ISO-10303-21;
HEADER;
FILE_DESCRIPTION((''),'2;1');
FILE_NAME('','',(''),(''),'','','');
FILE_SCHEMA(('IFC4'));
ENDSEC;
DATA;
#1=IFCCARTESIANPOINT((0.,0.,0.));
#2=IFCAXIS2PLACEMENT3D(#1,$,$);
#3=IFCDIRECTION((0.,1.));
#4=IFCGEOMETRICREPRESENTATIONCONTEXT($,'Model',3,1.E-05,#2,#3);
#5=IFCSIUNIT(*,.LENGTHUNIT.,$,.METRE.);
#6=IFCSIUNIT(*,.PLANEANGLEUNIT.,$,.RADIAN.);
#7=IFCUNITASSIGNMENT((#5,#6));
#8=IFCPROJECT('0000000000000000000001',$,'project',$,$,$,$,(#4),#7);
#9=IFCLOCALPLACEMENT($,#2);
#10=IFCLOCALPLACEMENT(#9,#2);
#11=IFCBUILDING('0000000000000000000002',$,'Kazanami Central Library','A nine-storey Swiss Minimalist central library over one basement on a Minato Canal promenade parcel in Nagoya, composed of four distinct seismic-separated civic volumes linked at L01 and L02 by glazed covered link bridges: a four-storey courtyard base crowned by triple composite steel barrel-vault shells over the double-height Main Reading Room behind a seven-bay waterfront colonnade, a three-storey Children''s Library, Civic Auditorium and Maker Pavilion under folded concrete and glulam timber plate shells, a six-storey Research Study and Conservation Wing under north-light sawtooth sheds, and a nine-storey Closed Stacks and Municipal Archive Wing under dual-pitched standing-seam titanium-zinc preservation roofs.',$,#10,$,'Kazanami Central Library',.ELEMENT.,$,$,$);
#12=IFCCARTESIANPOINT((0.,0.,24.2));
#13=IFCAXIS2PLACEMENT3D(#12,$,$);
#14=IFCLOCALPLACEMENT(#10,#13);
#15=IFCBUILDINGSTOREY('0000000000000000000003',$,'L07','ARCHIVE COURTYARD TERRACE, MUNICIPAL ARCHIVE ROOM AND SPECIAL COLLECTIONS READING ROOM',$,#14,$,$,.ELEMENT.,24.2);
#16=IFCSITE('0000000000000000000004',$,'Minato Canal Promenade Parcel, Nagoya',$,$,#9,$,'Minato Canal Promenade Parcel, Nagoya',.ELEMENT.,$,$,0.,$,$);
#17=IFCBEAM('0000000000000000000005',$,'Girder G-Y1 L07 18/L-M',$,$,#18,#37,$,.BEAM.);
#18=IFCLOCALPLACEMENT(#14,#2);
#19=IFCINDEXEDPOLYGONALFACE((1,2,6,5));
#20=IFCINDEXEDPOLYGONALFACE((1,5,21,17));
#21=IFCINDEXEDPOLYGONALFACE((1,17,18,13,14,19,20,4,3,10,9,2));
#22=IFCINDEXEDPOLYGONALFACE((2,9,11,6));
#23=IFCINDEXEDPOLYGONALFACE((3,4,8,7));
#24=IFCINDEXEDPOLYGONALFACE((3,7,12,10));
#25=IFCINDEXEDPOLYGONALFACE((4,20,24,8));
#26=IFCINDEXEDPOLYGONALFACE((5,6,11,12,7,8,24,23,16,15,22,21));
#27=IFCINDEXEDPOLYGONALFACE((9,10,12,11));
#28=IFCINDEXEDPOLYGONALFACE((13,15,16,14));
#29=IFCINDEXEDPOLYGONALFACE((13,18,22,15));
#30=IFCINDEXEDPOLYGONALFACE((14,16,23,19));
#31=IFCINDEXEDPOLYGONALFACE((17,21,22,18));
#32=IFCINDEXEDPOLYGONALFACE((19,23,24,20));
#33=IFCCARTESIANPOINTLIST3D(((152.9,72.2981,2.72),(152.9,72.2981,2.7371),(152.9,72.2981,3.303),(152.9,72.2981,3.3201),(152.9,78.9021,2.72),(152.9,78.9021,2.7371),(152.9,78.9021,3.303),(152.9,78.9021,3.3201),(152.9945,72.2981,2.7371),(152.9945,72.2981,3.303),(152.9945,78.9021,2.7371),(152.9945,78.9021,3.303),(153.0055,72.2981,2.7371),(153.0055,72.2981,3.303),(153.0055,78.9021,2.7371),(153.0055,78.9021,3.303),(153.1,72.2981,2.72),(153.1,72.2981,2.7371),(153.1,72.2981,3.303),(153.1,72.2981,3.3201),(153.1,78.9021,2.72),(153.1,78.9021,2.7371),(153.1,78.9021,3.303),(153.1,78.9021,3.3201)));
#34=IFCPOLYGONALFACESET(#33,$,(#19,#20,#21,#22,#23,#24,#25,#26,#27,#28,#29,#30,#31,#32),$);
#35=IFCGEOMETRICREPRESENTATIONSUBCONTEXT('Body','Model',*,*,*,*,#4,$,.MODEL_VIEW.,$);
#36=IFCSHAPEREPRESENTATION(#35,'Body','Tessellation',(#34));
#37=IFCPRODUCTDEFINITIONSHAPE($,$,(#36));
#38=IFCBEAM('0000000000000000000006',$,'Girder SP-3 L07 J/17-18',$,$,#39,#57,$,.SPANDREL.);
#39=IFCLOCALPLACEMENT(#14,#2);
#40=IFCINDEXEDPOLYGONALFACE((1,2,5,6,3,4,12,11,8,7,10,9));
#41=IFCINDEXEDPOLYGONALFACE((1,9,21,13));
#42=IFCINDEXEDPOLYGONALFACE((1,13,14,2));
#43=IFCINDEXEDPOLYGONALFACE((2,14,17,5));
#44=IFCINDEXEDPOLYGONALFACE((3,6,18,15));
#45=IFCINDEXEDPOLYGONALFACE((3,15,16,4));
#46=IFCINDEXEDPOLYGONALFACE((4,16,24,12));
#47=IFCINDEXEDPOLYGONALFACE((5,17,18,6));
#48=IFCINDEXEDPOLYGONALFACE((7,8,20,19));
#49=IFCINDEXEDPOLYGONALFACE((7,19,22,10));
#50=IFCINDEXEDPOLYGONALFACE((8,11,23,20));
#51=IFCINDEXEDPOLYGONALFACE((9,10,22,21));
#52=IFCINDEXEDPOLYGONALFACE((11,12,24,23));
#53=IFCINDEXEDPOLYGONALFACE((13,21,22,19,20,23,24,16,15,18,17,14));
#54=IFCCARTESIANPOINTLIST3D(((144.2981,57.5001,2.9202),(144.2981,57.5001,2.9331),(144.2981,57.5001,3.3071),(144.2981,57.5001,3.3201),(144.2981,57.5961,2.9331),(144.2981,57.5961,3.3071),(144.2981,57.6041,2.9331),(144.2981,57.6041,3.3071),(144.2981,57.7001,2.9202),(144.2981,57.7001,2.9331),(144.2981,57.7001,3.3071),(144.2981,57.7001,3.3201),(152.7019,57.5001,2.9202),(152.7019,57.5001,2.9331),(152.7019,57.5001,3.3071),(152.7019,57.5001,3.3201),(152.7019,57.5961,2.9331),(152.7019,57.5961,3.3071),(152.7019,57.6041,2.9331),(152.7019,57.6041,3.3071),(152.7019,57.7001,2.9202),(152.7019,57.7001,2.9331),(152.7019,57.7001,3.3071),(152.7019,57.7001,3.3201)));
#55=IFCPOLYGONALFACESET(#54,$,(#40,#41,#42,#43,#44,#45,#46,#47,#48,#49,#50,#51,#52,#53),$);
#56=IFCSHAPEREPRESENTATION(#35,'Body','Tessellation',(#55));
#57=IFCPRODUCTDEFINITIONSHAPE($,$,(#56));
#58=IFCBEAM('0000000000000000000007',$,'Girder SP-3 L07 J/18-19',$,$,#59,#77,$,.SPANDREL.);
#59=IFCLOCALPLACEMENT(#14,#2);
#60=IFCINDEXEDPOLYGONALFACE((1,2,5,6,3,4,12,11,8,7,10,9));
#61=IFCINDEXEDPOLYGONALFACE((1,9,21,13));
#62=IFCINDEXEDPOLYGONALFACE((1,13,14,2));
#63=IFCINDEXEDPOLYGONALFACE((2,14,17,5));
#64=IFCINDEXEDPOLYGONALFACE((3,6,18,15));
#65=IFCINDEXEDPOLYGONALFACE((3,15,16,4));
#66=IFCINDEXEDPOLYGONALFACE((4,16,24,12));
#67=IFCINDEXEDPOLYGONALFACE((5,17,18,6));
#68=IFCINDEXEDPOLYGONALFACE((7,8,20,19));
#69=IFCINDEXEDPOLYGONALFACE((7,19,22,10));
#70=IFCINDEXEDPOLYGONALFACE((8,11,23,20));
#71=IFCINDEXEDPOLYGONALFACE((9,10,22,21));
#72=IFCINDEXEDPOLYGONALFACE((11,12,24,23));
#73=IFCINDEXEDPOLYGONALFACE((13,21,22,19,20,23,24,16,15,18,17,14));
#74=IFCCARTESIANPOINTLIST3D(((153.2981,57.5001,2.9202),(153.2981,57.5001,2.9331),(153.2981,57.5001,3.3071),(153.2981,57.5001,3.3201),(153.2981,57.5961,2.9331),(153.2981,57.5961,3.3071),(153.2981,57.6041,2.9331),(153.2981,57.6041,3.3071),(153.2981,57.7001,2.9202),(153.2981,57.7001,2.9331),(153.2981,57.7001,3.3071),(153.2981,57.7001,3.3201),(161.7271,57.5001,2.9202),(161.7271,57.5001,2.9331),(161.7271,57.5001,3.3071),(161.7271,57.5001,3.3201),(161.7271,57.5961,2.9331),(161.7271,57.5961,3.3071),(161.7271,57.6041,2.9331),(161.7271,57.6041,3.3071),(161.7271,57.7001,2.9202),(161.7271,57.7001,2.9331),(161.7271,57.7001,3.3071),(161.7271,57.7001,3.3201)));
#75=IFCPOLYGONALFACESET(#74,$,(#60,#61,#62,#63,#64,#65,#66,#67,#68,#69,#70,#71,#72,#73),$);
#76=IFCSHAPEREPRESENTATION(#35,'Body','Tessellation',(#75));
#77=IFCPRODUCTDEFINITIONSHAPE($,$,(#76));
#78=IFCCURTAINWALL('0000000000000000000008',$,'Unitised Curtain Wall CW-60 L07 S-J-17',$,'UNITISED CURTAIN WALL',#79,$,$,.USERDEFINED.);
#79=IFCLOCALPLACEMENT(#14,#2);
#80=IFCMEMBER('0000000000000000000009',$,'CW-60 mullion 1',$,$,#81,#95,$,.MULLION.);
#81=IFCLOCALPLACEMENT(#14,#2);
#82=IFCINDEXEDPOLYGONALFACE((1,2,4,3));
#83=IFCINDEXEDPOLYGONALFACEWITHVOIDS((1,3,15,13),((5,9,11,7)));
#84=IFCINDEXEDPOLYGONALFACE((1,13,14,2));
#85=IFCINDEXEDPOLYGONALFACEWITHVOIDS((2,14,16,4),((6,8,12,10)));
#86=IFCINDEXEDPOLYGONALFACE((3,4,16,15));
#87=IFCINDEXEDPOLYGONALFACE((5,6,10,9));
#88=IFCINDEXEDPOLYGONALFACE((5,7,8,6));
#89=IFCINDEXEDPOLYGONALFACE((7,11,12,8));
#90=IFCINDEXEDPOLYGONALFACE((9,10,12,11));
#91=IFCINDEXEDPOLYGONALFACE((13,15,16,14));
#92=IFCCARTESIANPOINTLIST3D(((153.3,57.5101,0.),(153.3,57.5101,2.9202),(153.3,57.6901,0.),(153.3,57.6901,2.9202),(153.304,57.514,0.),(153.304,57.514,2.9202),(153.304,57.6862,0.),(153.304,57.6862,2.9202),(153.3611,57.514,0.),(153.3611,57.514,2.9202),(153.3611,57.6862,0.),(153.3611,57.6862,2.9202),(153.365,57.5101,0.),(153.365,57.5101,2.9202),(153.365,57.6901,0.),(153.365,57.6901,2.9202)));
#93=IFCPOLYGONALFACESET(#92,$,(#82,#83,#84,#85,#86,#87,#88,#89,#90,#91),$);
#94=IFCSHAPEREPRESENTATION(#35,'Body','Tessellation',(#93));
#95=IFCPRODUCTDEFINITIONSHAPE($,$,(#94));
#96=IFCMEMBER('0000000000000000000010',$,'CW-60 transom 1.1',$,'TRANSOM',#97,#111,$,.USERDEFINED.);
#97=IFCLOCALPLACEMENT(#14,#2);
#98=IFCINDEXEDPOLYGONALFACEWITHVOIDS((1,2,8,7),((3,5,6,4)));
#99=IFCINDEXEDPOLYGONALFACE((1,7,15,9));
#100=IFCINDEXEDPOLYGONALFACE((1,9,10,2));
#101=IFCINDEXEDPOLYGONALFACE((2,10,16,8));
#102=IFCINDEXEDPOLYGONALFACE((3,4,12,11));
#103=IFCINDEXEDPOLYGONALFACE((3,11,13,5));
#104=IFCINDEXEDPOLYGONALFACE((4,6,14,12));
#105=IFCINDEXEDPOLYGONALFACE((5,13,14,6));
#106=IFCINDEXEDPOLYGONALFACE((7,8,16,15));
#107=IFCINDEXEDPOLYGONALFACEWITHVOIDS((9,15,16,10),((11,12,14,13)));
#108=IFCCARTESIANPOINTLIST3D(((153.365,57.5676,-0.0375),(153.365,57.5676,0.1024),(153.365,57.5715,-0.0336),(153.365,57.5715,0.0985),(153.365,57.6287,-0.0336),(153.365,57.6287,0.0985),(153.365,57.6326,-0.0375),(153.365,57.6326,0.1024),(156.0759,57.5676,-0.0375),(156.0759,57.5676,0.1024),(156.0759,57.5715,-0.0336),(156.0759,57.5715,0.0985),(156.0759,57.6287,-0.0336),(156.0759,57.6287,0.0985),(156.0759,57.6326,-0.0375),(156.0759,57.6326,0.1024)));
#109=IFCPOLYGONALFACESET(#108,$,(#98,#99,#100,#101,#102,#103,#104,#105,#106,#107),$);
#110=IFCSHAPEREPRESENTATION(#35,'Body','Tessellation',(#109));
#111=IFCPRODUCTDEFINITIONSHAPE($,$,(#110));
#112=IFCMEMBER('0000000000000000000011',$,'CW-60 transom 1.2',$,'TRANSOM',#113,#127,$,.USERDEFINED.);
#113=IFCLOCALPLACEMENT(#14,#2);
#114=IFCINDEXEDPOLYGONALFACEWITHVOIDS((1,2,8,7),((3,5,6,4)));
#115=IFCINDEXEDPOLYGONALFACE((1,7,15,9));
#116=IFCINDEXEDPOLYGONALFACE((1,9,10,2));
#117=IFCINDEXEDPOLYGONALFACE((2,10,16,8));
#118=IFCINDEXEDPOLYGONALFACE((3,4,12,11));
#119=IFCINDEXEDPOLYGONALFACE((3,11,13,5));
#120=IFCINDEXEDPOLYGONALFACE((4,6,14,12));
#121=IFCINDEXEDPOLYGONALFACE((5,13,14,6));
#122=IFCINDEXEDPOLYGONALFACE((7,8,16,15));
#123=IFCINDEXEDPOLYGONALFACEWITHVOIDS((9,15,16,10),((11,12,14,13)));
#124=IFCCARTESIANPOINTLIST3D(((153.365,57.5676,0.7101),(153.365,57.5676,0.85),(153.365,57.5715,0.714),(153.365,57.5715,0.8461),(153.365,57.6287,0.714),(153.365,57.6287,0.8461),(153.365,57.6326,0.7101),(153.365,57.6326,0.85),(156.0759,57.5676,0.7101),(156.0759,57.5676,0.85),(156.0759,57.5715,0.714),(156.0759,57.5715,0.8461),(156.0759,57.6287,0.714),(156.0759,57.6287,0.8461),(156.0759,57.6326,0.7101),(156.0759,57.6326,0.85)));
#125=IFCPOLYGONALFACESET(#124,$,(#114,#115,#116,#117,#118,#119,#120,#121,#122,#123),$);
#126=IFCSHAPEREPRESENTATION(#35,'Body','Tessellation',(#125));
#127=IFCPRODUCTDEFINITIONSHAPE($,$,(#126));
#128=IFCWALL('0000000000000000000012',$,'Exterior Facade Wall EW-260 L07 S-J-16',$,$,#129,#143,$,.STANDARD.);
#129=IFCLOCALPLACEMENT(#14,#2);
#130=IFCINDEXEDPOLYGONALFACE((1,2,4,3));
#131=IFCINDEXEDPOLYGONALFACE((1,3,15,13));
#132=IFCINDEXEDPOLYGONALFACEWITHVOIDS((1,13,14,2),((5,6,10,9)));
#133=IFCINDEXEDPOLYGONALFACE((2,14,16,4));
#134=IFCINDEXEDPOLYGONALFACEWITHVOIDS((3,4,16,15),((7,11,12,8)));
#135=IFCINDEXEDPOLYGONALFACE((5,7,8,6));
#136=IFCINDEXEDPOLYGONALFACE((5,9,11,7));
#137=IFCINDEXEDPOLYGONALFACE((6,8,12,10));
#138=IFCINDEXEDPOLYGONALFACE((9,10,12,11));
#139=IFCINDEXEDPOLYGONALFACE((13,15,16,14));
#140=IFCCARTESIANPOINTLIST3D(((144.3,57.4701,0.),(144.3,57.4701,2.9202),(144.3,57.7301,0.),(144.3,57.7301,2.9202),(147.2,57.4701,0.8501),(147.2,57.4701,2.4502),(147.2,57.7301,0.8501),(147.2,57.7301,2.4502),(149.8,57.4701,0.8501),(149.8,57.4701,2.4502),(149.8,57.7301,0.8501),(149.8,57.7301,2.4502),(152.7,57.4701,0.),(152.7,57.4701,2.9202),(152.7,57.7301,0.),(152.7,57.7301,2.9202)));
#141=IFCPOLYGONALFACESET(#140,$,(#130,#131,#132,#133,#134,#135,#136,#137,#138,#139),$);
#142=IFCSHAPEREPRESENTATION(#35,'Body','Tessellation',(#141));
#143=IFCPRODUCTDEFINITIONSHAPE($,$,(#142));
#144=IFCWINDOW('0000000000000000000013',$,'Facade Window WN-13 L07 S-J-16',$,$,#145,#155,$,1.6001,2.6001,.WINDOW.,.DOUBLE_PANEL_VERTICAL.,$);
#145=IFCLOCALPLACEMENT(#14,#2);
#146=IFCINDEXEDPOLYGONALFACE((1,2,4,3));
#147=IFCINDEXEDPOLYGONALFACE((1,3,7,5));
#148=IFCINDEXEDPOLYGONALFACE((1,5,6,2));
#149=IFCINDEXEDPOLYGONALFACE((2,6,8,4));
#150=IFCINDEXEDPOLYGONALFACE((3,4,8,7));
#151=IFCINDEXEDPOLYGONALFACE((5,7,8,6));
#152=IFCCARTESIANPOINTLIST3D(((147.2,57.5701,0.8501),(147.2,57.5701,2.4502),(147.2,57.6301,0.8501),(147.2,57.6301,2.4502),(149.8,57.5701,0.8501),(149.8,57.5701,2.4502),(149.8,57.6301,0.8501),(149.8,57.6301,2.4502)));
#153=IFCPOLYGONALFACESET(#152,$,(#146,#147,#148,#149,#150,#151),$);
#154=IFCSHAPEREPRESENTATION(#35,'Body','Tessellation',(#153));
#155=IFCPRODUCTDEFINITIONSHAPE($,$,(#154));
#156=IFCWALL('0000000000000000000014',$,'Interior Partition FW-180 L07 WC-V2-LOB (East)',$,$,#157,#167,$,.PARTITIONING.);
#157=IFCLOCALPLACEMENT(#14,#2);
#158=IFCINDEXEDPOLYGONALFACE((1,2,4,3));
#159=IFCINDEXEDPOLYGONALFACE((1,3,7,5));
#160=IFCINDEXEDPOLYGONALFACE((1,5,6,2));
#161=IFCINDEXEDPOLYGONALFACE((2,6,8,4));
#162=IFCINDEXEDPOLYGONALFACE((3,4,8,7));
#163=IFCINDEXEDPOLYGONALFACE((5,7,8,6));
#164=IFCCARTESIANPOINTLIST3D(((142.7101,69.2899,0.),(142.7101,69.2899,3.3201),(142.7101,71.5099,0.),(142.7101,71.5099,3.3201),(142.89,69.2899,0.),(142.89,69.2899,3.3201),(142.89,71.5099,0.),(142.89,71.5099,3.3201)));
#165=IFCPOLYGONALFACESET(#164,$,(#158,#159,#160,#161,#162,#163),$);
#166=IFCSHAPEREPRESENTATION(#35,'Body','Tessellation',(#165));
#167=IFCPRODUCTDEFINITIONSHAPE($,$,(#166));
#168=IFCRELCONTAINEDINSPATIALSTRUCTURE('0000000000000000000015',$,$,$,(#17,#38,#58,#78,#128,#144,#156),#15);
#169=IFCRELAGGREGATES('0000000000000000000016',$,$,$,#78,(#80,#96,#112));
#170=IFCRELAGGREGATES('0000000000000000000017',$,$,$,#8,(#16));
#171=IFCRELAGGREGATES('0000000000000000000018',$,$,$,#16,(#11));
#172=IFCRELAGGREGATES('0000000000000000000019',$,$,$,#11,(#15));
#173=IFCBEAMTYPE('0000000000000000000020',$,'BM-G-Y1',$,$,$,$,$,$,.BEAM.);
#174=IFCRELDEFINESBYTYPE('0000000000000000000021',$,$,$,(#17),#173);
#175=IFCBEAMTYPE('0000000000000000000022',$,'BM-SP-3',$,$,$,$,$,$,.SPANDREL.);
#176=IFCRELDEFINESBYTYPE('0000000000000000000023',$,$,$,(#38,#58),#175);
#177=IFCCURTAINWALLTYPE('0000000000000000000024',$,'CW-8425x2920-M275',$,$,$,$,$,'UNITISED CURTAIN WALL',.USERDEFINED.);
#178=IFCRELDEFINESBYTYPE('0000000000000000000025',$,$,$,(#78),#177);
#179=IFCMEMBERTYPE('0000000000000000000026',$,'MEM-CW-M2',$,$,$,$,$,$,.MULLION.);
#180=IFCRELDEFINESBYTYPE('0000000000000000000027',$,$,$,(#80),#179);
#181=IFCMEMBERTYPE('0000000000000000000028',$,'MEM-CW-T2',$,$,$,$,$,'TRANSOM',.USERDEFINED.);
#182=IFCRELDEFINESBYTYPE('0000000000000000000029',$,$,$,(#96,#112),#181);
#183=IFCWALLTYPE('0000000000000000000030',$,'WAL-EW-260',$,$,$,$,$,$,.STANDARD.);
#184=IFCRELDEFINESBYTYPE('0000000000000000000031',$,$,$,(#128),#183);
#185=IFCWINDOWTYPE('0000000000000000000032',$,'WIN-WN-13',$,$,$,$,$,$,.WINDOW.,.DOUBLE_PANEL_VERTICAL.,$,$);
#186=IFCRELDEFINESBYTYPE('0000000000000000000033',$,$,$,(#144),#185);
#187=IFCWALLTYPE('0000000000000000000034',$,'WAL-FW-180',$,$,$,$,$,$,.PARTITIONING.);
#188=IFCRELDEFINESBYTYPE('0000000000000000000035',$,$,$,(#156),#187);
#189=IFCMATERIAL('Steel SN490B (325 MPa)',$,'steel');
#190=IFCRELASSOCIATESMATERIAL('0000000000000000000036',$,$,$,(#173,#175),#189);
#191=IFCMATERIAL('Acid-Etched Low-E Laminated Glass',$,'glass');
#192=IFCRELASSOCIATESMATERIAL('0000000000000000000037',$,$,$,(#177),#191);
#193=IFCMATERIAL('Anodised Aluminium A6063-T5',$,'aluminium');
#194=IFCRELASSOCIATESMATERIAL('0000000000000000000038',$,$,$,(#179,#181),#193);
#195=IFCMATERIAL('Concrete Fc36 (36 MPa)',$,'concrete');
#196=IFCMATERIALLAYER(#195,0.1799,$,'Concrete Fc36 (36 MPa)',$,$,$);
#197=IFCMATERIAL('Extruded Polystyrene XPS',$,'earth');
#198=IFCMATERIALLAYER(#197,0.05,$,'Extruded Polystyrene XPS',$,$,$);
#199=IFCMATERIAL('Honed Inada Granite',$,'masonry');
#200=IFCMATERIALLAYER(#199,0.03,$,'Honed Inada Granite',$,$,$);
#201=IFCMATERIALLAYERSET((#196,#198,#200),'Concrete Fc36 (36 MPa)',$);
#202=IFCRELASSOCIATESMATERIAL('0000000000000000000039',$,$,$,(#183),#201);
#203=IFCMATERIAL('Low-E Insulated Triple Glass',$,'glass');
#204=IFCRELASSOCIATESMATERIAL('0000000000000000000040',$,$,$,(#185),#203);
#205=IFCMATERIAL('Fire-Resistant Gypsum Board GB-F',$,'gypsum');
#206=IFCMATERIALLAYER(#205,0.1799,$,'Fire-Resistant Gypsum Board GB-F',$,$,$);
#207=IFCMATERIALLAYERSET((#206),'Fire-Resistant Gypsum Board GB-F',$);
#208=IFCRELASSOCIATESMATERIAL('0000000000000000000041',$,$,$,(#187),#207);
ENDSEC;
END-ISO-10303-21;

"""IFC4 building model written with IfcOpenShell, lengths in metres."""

from ifc_helpers import new_model, si_unit, direction, frame, frame_2d, origin, origin_2d, place, context, subcontext, project, spatial, rectangle, hollow_rectangle, i_section, extrude, material, layer, layer_set, material_profile, profile_set, type_object, element, fill, aggregate, save


model = new_model("IFC4")

# Units and contexts
model_context = context("Model", 3, precision=1e-05, world=origin(), true_north=direction((0.0, 1.0)))
body_context = subcontext(model_context, "Body", "Model", "MODEL_VIEW")
ifc_project = project(units=[si_unit("LENGTHUNIT", "METRE"), si_unit("PLANEANGLEUNIT", "RADIAN")], contexts=[model_context])

# Site, building, storey
site_placement = place(None, origin())
site = spatial("IfcSite", under=ifc_project, at=site_placement, Name="Minato Canal Promenade Parcel, Nagoya", LongName="Minato Canal Promenade Parcel, Nagoya", CompositionType="ELEMENT", RefElevation=0.0)
building_placement = place(site_placement, origin())
building = spatial("IfcBuilding", under=site, at=building_placement, Name="Kazanami Central Library", Description="A nine-storey Swiss Minimalist central library over one basement on a Minato Canal promenade parcel in Nagoya, composed of four distinct seismic-separated civic volumes linked at L01 and L02 by glazed covered link bridges: a four-storey courtyard base crowned by triple composite steel barrel-vault shells over the double-height Main Reading Room behind a seven-bay waterfront colonnade, a three-storey Children's Library, Civic Auditorium and Maker Pavilion under folded concrete and glulam timber plate shells, a six-storey Research Study and Conservation Wing under north-light sawtooth sheds, and a nine-storey Closed Stacks and Municipal Archive Wing under dual-pitched standing-seam titanium-zinc preservation roofs.", LongName="Kazanami Central Library", CompositionType="ELEMENT")
storey_placement = place(building_placement, frame((0.0, 0.0, 24.2)))
storey = spatial("IfcBuildingStorey", under=building, at=storey_placement, Name="L07", Description="ARCHIVE COURTYARD TERRACE, MUNICIPAL ARCHIVE ROOM AND SPECIAL COLLECTIONS READING ROOM", CompositionType="ELEMENT", Elevation=24.2)

# Beams
ifc_material_1 = material(Name="Steel SN490B (325 MPa)", Category="steel")
ifc_material_profile_1 = material_profile(ifc_material_1, i_section(OverallWidth=0.2, OverallDepth=0.6001, WebThickness=0.011, FlangeThickness=0.0171, at=origin_2d()), Name="H-600x200x11x17")
ifc_profile_set_1 = profile_set([ifc_material_profile_1], Name="Steel SN490B (325 MPa)")
beam_type_1 = type_object("IfcBeamType", Name="BM-G-Y1", PredefinedType="BEAM", material=ifc_profile_set_1)
for number, where, z_axis, x_axis, name in (
    (1, (153.0, 72.2981, 3.02), (0.0, 1.0, 0.0), (-1.0, 0.0, 0.0), "Girder G-Y1 L07 18/L-M"),
):
    element("IfcBeam", number, at=place(storey_placement, frame(where, z_axis=z_axis, x_axis=x_axis)), inside=storey, type_object=beam_type_1, Name=name, PredefinedType="BEAM", context=body_context, shape_type="SweptSolid", body=[
        extrude(i_section(OverallWidth=0.2, OverallDepth=0.6001, WebThickness=0.011, FlangeThickness=0.0171, at=origin_2d()), origin(), (0.0, 0.0, 1.0), 6.604),
    ])
ifc_material_profile_2 = material_profile(ifc_material_1, i_section(OverallWidth=0.2, OverallDepth=0.3999, WebThickness=0.0081, FlangeThickness=0.0129, at=origin_2d()), Name="H-400x200x8x13")
ifc_profile_set_2 = profile_set([ifc_material_profile_2], Name="Steel SN490B (325 MPa)")
beam_type_2 = type_object("IfcBeamType", Name="BM-SP-3", PredefinedType="SPANDREL", material=ifc_profile_set_2)
beam_1_placement = place(storey_placement, frame((144.2981, 57.6001, 3.1201), z_axis=(1.0, 0.0, 0.0), x_axis=(0.0, 1.0, 0.0)))
element("IfcBeam", 2, at=beam_1_placement, inside=storey, type_object=beam_type_2, Name="Girder SP-3 L07 J/17-18", PredefinedType="SPANDREL", context=body_context, shape_type="SweptSolid", body=[
    extrude(i_section(OverallWidth=0.2, OverallDepth=0.3999, WebThickness=0.0081, FlangeThickness=0.0129, at=origin_2d()), origin(), (0.0, 0.0, 1.0), 8.4038),
])
beam_2_placement = place(storey_placement, frame((153.2981, 57.6001, 3.1201), z_axis=(1.0, 0.0, 0.0), x_axis=(0.0, 1.0, 0.0)))
element("IfcBeam", 3, at=beam_2_placement, inside=storey, type_object=beam_type_2, Name="Girder SP-3 L07 J/18-19", PredefinedType="SPANDREL", context=body_context, shape_type="SweptSolid", body=[
    extrude(i_section(OverallWidth=0.2, OverallDepth=0.3999, WebThickness=0.0081, FlangeThickness=0.0129, at=origin_2d()), origin(), (0.0, 0.0, 1.0), 8.429),
])

# Curtain wall, members
ifc_material_2 = material(Name="Acid-Etched Low-E Laminated Glass", Category="glass")
curtain_wall_type = type_object("IfcCurtainWallType", Name="CW-8425x2920-M275", ElementType="UNITISED CURTAIN WALL", PredefinedType="USERDEFINED", material=ifc_material_2)
curtain_wall_placement = place(storey_placement, origin())
curtain_wall = element("IfcCurtainWall", 4, at=curtain_wall_placement, inside=storey, type_object=curtain_wall_type, Name="Unitised Curtain Wall CW-60 L07 S-J-17", ObjectType="UNITISED CURTAIN WALL", PredefinedType="USERDEFINED")
ifc_material_3 = material(Name="Anodised Aluminium A6063-T5", Category="aluminium")
ifc_material_profile_3 = material_profile(ifc_material_3, hollow_rectangle(XDim=0.0649, YDim=0.1799, WallThickness=0.0039, at=origin_2d()), Name="ALU-MULL-65x180x4")
ifc_profile_set_3 = profile_set([ifc_material_profile_3], Name="Anodised Aluminium A6063-T5")
member_type_1 = type_object("IfcMemberType", Name="MEM-CW-M2", PredefinedType="MULLION", material=ifc_profile_set_3)
member_1_placement = place(storey_placement, frame((153.3325, 57.6001, 0.0), z_axis=(0.0, 0.0, 1.0), x_axis=(1.0, 0.0, 0.0)))
member_1 = element("IfcMember", 5, at=member_1_placement, type_object=member_type_1, Name="CW-60 mullion 1", PredefinedType="MULLION", context=body_context, shape_type="SweptSolid", body=[
    extrude(hollow_rectangle(XDim=0.0649, YDim=0.1799, WallThickness=0.0039, at=origin_2d()), origin(), (0.0, 0.0, 1.0), 2.9202),
])
ifc_material_profile_4 = material_profile(ifc_material_3, hollow_rectangle(XDim=0.0649, YDim=0.1399, WallThickness=0.0039, at=origin_2d()), Name="ALU-TRAN-65x140x4")
ifc_profile_set_4 = profile_set([ifc_material_profile_4], Name="Anodised Aluminium A6063-T5")
member_type_2 = type_object("IfcMemberType", Name="MEM-CW-T2", ElementType="TRANSOM", PredefinedType="USERDEFINED", material=ifc_profile_set_4)
member_2_placement = place(storey_placement, frame((153.365, 57.6001, 0.0325), z_axis=(1.0, 0.0, 0.0), x_axis=(0.0, 1.0, 0.0)))
member_2 = element("IfcMember", 6, at=member_2_placement, type_object=member_type_2, Name="CW-60 transom 1.1", ObjectType="TRANSOM", PredefinedType="USERDEFINED", context=body_context, shape_type="SweptSolid", body=[
    extrude(hollow_rectangle(XDim=0.0649, YDim=0.1399, WallThickness=0.0039, at=origin_2d()), origin(), (0.0, 0.0, 1.0), 2.7109),
])
member_3_placement = place(storey_placement, frame((153.365, 57.6001, 0.78), z_axis=(1.0, 0.0, 0.0), x_axis=(0.0, 1.0, 0.0)))
member_3 = element("IfcMember", 7, at=member_3_placement, type_object=member_type_2, Name="CW-60 transom 1.2", ObjectType="TRANSOM", PredefinedType="USERDEFINED", context=body_context, shape_type="SweptSolid", body=[
    extrude(hollow_rectangle(XDim=0.0649, YDim=0.1399, WallThickness=0.0039, at=origin_2d()), origin(), (0.0, 0.0, 1.0), 2.7109),
])
aggregate(curtain_wall, [member_1, member_2, member_3])

# Wall, opening, window
ifc_material_4 = material(Name="Concrete Fc36 (36 MPa)", Category="concrete")
ifc_layer_1 = layer(ifc_material_4, 0.1799, Name="Concrete Fc36 (36 MPa)")
ifc_material_5 = material(Name="Extruded Polystyrene XPS", Category="earth")
ifc_layer_2 = layer(ifc_material_5, 0.05, Name="Extruded Polystyrene XPS")
ifc_material_6 = material(Name="Honed Inada Granite", Category="masonry")
ifc_layer_3 = layer(ifc_material_6, 0.03, Name="Honed Inada Granite")
ifc_layer_set_1 = layer_set([ifc_layer_1, ifc_layer_2, ifc_layer_3], Name="Concrete Fc36 (36 MPa)")
wall_type_1 = type_object("IfcWallType", Name="WAL-EW-260", PredefinedType="STANDARD", material=ifc_layer_set_1)
wall_1_placement = place(storey_placement, frame((144.3, 57.6001, 0.0), z_axis=(0.0, 0.0, 1.0), x_axis=(1.0, 0.0, 0.0)))
wall_1 = element("IfcWall", 8, at=wall_1_placement, inside=storey, type_object=wall_type_1, Name="Exterior Facade Wall EW-260 L07 S-J-16", PredefinedType="STANDARD", context=body_context, shape_type="SweptSolid", body=[
    extrude(rectangle(XDim=8.3999, YDim=0.26, at=frame_2d((4.2, 0.0))), origin(), (0.0, 0.0, 1.0), 2.9202),
])
opening_1_placement = place(wall_1_placement, frame((2.8999, 0.0, 0.8501)))
opening_1 = element("IfcOpeningElement", 9, at=opening_1_placement, cuts=wall_1, PredefinedType="OPENING", context=body_context, shape_type="SweptSolid", body=[
    extrude(rectangle(XDim=2.6001, YDim=1.6001, at=frame_2d((1.3, 0.8))), frame((0.0, 0.1421, 0.0), z_axis=(0.0, -1.0, 0.0), x_axis=(1.0, 0.0, 0.0)), (0.0, 0.0, 1.0), 0.2839),
])
ifc_material_7 = material(Name="Low-E Insulated Triple Glass", Category="glass")
window_type = type_object("IfcWindowType", Name="WIN-WN-13", PartitioningType="DOUBLE_PANEL_VERTICAL", PredefinedType="WINDOW", material=ifc_material_7)
window_placement = place(opening_1_placement, origin())
window = element("IfcWindow", 10, at=window_placement, inside=storey, type_object=window_type, Name="Facade Window WN-13 L07 S-J-16", OverallHeight=1.6001, OverallWidth=2.6001, PartitioningType="DOUBLE_PANEL_VERTICAL", PredefinedType="WINDOW", context=body_context, shape_type="SweptSolid", body=[
    extrude(rectangle(XDim=2.6001, YDim=1.6001, at=frame_2d((1.3, 0.8))), frame((0.0, 0.03, 0.0), z_axis=(0.0, -1.0, 0.0), x_axis=(1.0, 0.0, 0.0)), (0.0, 0.0, 1.0), 0.0601),
])
fill(opening_1, window)

# Wall
ifc_material_8 = material(Name="Fire-Resistant Gypsum Board GB-F", Category="gypsum")
ifc_layer_4 = layer(ifc_material_8, 0.1799, Name="Fire-Resistant Gypsum Board GB-F")
ifc_layer_set_2 = layer_set([ifc_layer_4], Name="Fire-Resistant Gypsum Board GB-F")
wall_type_2 = type_object("IfcWallType", Name="WAL-FW-180", PredefinedType="PARTITIONING", material=ifc_layer_set_2)
wall_2_placement = place(storey_placement, frame((142.8, 69.29, 0.0), z_axis=(0.0, 0.0, 1.0), x_axis=(0.0, 1.0, 0.0)))
element("IfcWall", 11, at=wall_2_placement, inside=storey, type_object=wall_type_2, Name="Interior Partition FW-180 L07 WC-V2-LOB (East)", PredefinedType="PARTITIONING", context=body_context, shape_type="SweptSolid", body=[
    extrude(rectangle(XDim=2.22, YDim=0.1799, at=frame_2d((1.1099, 0.0))), origin(), (0.0, 0.0, 1.0), 3.3201),
])

save(model, "model.ifc")
